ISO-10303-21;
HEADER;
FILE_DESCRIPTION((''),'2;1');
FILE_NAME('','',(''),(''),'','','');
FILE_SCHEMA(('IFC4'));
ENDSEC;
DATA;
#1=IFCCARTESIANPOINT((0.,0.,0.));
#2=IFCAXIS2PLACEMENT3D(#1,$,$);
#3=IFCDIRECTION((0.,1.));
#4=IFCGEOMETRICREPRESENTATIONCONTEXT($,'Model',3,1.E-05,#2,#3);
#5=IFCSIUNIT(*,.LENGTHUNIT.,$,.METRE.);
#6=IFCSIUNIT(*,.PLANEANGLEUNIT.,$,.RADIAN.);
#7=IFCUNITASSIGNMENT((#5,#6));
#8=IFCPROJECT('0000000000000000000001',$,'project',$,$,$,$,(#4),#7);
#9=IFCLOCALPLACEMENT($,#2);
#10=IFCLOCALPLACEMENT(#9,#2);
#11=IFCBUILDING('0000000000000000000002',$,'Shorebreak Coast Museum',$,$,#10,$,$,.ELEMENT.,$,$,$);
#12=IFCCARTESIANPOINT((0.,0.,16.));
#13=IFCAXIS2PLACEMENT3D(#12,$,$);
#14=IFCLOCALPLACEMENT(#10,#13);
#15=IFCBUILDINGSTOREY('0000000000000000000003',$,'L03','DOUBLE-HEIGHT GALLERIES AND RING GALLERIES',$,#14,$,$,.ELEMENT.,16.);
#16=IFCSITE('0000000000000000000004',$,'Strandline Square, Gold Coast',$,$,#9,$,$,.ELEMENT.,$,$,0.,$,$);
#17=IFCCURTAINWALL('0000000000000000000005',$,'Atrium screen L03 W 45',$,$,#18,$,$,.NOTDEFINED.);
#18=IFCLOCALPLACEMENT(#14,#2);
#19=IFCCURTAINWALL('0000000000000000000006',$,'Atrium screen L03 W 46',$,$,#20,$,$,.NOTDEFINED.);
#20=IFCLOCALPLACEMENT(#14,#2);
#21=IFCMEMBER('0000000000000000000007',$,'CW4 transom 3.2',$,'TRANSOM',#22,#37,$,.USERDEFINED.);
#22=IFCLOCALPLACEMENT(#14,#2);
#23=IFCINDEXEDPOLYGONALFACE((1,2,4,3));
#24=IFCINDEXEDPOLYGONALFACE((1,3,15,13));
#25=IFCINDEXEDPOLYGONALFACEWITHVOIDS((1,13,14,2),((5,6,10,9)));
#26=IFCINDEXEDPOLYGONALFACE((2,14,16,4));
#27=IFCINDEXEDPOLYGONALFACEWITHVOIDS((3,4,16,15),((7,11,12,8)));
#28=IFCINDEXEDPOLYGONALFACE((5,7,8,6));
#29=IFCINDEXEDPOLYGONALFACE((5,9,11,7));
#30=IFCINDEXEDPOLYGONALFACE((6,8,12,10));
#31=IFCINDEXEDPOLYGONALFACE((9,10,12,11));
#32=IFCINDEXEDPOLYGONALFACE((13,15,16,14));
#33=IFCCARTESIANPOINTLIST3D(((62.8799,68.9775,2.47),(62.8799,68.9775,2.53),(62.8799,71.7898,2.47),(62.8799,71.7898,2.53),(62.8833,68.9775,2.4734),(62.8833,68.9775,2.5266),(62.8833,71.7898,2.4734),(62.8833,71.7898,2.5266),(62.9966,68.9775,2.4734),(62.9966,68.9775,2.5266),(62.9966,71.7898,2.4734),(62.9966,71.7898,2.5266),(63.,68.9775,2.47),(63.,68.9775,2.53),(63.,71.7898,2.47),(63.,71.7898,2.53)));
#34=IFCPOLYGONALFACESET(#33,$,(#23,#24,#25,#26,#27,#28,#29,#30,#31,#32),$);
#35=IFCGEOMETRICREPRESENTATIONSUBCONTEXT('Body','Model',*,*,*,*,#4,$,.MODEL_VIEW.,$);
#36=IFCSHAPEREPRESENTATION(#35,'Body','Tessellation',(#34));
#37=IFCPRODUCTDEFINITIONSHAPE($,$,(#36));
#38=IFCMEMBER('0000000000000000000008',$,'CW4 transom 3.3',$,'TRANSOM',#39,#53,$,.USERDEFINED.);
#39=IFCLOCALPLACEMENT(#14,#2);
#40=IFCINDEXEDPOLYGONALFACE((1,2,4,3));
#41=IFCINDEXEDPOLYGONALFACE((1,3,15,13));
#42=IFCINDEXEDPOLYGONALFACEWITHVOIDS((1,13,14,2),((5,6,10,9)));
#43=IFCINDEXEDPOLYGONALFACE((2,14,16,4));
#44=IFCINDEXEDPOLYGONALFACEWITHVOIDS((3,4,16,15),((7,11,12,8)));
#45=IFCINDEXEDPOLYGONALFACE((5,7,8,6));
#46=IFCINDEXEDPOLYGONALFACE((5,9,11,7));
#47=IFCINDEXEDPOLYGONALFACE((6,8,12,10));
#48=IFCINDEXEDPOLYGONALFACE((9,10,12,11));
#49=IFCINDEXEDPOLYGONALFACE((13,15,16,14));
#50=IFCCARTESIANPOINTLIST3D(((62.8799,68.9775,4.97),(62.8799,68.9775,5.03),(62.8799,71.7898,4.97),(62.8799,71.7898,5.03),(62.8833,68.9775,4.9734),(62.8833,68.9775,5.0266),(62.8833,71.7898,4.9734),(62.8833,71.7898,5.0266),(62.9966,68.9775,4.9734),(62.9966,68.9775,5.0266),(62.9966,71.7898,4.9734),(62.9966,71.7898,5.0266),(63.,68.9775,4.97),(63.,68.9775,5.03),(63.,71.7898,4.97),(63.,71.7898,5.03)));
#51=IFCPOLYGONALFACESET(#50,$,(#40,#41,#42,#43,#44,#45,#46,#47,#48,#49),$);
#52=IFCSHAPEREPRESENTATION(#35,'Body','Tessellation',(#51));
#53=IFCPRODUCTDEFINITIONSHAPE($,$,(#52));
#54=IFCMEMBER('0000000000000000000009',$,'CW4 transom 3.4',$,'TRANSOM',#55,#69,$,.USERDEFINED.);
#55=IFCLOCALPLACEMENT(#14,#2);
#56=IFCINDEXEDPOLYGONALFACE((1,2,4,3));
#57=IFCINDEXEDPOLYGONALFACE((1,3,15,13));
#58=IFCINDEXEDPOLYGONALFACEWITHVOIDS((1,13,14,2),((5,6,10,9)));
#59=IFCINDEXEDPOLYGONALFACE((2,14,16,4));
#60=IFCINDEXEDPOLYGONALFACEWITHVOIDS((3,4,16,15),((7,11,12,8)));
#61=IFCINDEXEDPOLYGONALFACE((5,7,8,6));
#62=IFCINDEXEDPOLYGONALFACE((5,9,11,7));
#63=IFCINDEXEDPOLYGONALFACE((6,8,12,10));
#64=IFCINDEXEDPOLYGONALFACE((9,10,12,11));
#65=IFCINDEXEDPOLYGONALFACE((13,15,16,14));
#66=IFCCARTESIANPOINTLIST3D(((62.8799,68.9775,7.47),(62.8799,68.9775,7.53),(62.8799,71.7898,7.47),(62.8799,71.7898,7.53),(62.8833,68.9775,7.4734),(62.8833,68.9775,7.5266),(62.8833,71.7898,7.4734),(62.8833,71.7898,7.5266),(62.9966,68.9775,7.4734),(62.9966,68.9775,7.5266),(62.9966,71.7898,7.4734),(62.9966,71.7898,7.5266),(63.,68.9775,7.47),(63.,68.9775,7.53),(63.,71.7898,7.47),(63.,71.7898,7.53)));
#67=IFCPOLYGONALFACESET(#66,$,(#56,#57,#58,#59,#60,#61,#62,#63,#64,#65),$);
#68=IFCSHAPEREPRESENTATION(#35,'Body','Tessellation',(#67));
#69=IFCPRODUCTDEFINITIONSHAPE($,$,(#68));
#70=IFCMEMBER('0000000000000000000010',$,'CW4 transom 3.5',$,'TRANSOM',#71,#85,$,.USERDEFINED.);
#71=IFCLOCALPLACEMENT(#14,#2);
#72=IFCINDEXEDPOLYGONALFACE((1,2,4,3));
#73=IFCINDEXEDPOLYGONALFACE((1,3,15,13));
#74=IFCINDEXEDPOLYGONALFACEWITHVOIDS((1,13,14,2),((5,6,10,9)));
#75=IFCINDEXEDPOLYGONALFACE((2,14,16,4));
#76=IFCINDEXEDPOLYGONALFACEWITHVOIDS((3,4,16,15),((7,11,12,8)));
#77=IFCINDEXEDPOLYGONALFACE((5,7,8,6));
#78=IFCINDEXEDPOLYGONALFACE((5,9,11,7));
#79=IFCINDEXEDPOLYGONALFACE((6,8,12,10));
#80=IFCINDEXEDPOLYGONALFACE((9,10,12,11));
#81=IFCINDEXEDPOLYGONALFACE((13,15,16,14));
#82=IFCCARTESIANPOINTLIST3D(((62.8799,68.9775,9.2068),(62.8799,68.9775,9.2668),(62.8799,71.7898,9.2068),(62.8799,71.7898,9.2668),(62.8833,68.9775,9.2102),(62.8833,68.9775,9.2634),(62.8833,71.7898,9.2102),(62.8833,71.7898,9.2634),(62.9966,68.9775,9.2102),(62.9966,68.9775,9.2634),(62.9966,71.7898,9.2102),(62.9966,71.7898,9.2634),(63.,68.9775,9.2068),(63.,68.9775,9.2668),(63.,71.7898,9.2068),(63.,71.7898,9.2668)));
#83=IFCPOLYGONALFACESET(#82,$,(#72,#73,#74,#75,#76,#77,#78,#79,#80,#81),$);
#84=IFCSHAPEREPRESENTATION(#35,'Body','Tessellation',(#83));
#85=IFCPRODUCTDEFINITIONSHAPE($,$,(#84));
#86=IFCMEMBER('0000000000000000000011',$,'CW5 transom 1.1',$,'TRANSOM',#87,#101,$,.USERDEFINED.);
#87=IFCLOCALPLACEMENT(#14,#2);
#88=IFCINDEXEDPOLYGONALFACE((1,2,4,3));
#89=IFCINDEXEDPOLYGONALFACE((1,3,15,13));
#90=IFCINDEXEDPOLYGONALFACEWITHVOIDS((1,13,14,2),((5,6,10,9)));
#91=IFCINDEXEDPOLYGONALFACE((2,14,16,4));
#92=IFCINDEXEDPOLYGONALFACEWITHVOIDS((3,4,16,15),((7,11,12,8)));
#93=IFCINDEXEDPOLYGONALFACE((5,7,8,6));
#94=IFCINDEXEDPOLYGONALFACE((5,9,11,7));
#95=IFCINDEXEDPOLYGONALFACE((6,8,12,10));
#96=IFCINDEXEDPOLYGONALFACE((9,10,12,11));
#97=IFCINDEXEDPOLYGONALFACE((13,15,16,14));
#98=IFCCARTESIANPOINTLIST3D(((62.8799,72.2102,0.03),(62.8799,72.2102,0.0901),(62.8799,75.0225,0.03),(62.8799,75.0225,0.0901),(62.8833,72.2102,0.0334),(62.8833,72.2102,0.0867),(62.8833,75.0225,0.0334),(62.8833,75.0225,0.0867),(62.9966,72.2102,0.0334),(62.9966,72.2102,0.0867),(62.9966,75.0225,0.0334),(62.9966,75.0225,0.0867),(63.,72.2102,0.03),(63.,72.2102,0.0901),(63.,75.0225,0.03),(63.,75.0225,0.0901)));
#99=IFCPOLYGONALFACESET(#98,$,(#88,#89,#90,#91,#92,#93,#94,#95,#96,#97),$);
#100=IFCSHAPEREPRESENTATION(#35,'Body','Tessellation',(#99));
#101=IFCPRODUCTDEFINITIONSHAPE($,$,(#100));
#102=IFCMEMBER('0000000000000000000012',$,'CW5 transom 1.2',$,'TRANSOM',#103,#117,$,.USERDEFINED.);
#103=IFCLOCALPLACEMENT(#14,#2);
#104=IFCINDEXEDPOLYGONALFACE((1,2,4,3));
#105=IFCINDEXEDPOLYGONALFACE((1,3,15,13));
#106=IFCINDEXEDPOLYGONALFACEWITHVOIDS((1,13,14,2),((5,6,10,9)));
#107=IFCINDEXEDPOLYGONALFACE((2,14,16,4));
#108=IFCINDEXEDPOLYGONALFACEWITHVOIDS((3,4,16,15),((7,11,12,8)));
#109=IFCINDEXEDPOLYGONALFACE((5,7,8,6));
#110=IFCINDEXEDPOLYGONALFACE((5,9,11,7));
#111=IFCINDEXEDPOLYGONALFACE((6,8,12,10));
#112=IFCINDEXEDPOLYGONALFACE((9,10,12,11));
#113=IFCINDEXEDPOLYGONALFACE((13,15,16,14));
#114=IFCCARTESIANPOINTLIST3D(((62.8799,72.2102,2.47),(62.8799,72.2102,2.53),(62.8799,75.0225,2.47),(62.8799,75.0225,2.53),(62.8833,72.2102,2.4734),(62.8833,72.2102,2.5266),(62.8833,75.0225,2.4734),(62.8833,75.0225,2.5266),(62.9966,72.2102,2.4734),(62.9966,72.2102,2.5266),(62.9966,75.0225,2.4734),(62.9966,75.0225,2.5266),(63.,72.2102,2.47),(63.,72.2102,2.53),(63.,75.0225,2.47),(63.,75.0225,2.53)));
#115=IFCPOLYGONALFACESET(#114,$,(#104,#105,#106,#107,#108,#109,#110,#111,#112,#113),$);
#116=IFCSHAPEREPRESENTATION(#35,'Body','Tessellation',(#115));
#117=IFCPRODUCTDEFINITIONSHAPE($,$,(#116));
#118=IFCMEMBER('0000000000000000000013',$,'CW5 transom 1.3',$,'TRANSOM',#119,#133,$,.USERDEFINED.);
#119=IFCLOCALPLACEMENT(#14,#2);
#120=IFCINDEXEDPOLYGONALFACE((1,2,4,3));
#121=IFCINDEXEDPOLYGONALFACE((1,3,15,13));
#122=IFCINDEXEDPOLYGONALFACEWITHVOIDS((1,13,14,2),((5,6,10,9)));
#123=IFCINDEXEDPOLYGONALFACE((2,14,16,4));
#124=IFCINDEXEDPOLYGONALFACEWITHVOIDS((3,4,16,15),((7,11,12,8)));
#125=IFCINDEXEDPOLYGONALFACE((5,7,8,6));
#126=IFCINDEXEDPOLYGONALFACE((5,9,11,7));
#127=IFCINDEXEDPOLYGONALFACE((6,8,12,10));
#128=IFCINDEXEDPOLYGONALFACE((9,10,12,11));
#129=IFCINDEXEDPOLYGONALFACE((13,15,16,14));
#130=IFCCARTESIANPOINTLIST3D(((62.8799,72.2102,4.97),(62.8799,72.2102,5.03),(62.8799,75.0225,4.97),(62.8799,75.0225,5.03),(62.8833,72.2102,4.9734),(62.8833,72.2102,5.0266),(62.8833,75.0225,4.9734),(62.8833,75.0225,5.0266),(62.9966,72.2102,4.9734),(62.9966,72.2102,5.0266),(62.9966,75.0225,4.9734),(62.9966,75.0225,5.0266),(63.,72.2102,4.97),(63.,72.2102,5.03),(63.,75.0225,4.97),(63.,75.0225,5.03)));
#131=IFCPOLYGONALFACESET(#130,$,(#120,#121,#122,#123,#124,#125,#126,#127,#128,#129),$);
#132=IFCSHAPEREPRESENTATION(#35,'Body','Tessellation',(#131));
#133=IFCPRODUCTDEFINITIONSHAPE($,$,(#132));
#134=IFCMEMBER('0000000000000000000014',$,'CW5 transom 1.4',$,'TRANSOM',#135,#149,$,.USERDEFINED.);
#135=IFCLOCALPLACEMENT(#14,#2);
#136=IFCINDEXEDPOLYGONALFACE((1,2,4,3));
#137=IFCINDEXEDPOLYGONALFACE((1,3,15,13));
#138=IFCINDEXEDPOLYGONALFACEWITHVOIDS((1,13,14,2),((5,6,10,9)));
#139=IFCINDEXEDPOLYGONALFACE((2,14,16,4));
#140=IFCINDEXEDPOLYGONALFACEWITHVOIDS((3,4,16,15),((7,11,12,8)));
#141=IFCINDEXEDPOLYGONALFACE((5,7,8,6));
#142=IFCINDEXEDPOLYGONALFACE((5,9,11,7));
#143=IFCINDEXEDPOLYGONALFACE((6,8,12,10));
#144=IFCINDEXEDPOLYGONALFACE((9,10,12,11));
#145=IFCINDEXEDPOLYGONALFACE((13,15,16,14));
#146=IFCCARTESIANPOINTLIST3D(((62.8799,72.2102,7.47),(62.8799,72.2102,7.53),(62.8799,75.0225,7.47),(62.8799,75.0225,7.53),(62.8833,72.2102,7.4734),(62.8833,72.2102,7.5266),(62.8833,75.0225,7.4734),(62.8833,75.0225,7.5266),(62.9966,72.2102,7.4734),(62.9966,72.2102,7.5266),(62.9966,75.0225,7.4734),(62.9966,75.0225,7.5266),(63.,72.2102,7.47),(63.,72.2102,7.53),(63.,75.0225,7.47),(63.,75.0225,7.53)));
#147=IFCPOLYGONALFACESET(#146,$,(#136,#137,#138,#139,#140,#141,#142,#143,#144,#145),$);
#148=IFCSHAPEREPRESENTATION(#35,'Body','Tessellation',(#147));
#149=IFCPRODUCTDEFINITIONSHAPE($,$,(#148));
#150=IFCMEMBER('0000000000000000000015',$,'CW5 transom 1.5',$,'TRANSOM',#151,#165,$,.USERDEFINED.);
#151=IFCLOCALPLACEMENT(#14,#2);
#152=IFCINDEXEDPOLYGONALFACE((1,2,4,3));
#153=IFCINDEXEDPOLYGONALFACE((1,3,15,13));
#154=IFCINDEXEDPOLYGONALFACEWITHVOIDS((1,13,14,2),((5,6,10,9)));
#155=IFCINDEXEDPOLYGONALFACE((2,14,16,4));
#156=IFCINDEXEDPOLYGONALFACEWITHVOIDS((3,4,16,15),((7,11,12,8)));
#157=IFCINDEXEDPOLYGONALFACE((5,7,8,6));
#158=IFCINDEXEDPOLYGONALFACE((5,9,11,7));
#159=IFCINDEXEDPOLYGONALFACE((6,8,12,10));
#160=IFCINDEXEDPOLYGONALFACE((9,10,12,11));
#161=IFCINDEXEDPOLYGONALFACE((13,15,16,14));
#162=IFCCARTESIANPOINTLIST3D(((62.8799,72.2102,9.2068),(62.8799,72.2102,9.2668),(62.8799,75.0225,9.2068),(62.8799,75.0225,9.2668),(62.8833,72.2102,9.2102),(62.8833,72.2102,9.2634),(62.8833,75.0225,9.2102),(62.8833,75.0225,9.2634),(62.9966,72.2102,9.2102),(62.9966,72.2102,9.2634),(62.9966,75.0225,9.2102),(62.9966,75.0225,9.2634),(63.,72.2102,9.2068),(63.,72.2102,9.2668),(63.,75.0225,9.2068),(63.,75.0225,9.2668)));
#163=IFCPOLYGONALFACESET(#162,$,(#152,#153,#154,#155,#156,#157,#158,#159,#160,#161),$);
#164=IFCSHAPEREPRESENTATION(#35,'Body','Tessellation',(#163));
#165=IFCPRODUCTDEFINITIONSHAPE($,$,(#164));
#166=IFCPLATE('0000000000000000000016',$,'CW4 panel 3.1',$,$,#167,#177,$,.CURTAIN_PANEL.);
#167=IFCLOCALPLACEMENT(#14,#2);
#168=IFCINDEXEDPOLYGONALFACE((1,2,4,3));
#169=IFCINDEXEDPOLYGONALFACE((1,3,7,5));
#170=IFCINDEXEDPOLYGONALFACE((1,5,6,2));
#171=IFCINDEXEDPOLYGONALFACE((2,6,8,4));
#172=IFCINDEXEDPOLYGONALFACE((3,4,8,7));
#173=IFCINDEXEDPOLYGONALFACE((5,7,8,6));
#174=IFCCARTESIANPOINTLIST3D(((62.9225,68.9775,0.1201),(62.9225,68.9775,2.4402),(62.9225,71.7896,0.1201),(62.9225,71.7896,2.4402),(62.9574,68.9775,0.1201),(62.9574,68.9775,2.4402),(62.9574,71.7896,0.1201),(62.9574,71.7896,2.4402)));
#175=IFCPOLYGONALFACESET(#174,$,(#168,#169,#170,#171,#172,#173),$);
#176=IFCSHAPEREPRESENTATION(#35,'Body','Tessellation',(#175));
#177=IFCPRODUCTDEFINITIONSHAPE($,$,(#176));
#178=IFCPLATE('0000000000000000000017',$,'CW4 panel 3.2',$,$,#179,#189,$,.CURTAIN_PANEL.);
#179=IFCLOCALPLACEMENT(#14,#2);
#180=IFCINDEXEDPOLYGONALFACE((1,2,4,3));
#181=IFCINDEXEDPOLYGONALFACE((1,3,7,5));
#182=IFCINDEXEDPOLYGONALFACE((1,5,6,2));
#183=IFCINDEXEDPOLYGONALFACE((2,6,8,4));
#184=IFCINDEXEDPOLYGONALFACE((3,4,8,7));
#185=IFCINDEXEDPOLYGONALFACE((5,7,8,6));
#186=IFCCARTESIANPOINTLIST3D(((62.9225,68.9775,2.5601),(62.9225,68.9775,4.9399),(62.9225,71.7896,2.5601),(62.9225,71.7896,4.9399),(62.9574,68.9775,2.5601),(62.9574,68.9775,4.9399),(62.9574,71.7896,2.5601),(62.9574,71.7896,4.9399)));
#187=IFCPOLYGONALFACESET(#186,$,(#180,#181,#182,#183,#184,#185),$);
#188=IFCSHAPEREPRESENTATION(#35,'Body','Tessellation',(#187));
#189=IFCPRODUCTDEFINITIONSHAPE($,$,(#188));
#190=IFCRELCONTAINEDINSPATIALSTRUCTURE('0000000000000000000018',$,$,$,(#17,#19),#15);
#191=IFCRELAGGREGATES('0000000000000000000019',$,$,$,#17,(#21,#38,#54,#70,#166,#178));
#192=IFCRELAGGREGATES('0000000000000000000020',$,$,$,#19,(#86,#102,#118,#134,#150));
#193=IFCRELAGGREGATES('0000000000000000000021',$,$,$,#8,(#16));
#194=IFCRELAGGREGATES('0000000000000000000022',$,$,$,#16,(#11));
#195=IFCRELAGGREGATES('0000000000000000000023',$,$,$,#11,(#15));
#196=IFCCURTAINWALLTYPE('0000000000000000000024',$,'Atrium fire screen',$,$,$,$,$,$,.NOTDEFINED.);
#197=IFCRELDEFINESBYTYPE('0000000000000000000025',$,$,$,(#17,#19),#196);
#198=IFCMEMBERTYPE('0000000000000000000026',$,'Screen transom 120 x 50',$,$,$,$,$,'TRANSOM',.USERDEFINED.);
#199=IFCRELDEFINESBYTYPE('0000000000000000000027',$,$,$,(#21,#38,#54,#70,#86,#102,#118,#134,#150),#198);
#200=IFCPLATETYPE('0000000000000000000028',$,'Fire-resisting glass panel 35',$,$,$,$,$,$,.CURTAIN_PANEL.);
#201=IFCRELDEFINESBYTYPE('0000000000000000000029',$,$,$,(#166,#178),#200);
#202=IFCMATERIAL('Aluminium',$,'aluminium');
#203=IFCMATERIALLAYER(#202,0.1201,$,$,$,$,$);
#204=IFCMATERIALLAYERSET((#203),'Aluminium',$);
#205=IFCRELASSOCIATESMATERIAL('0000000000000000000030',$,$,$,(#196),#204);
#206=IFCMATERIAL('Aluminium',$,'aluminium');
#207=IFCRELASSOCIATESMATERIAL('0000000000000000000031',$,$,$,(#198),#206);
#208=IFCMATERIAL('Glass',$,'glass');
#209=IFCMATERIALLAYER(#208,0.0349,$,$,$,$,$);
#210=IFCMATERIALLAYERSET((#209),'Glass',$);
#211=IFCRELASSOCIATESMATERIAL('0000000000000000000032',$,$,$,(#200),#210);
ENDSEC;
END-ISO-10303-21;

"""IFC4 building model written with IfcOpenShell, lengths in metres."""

from ifc_helpers import new_model, si_unit, direction, frame, origin, origin_2d, place, context, subcontext, project, spatial, rectangle, hollow_rectangle, extrude, material, layer, layer_set, material_profile, profile_set, type_object, element, aggregate, save


model = new_model("IFC4")

# Units and contexts
model_context = context("Model", 3, precision=1e-05, world=origin(), true_north=direction((0.0, 1.0)))
body_context = subcontext(model_context, "Body", "Model", "MODEL_VIEW")
ifc_project = project(units=[si_unit("LENGTHUNIT", "METRE"), si_unit("PLANEANGLEUNIT", "RADIAN")], contexts=[model_context])

# Site, building, storey
site_placement = place(None, origin())
site = spatial("IfcSite", under=ifc_project, at=site_placement, Name="Strandline Square, Gold Coast", CompositionType="ELEMENT", RefElevation=0.0)
building_placement = place(site_placement, origin())
building = spatial("IfcBuilding", under=site, at=building_placement, Name="Shorebreak Coast Museum", CompositionType="ELEMENT")
storey_placement = place(building_placement, frame((0.0, 0.0, 16.0)))
storey = spatial("IfcBuildingStorey", under=building, at=storey_placement, Name="L03", Description="DOUBLE-HEIGHT GALLERIES AND RING GALLERIES", CompositionType="ELEMENT", Elevation=16.0)

# Curtain walls
ifc_material_1 = material(Name="Aluminium", Category="aluminium")
ifc_layer_1 = layer(ifc_material_1, 0.1201)
ifc_layer_set_1 = layer_set([ifc_layer_1], Name="Aluminium")
curtain_wall_type = type_object("IfcCurtainWallType", Name="Atrium fire screen", PredefinedType="NOTDEFINED", material=ifc_layer_set_1)
curtain_wall_1_placement = place(storey_placement, origin())
curtain_wall_1 = element("IfcCurtainWall", 1, at=curtain_wall_1_placement, inside=storey, type_object=curtain_wall_type, Name="Atrium screen L03 W 45", PredefinedType="NOTDEFINED")
curtain_wall_2_placement = place(storey_placement, origin())
curtain_wall_2 = element("IfcCurtainWall", 2, at=curtain_wall_2_placement, inside=storey, type_object=curtain_wall_type, Name="Atrium screen L03 W 46", PredefinedType="NOTDEFINED")

# Members
ifc_material_2 = material(Name="Aluminium", Category="aluminium")
ifc_material_profile_1 = material_profile(ifc_material_2, hollow_rectangle(XDim=0.1201, YDim=0.0601, WallThickness=0.0034, at=origin_2d()), Name="AL 60x120 RHS")
ifc_profile_set_1 = profile_set([ifc_material_profile_1], Name="Aluminium")
member_type_1 = type_object("IfcMemberType", Name="Screen transom 120 x 50", ElementType="TRANSOM", PredefinedType="USERDEFINED", material=ifc_profile_set_1)
member_1_placement = place(storey_placement, frame((62.9399, 68.9775, 2.5), z_axis=(0.0, 1.0, 0.0), x_axis=(-1.0, 0.0, 0.0)))
member_1 = element("IfcMember", 3, at=member_1_placement, type_object=member_type_1, Name="CW4 transom 3.2", ObjectType="TRANSOM", PredefinedType="USERDEFINED", context=body_context, shape_type="SweptSolid", body=[
    extrude(hollow_rectangle(XDim=0.1201, YDim=0.0601, WallThickness=0.0034, at=origin_2d()), origin(), (0.0, 0.0, 1.0), 2.8123),
])
member_2_placement = place(storey_placement, frame((62.9399, 68.9775, 5.0), z_axis=(0.0, 1.0, 0.0), x_axis=(-1.0, 0.0, 0.0)))
member_2 = element("IfcMember", 4, at=member_2_placement, type_object=member_type_1, Name="CW4 transom 3.3", ObjectType="TRANSOM", PredefinedType="USERDEFINED", context=body_context, shape_type="SweptSolid", body=[
    extrude(hollow_rectangle(XDim=0.1201, YDim=0.0601, WallThickness=0.0034, at=origin_2d()), origin(), (0.0, 0.0, 1.0), 2.8123),
])
member_3_placement = place(storey_placement, frame((62.9399, 68.9775, 7.5), z_axis=(0.0, 1.0, 0.0), x_axis=(-1.0, 0.0, 0.0)))
member_3 = element("IfcMember", 5, at=member_3_placement, type_object=member_type_1, Name="CW4 transom 3.4", ObjectType="TRANSOM", PredefinedType="USERDEFINED", context=body_context, shape_type="SweptSolid", body=[
    extrude(hollow_rectangle(XDim=0.1201, YDim=0.0601, WallThickness=0.0034, at=origin_2d()), origin(), (0.0, 0.0, 1.0), 2.8123),
])
member_4_placement = place(storey_placement, frame((62.9399, 68.9775, 9.2368), z_axis=(0.0, 1.0, 0.0), x_axis=(-1.0, 0.0, 0.0)))
member_4 = element("IfcMember", 6, at=member_4_placement, type_object=member_type_1, Name="CW4 transom 3.5", ObjectType="TRANSOM", PredefinedType="USERDEFINED", context=body_context, shape_type="SweptSolid", body=[
    extrude(hollow_rectangle(XDim=0.1201, YDim=0.0601, WallThickness=0.0034, at=origin_2d()), origin(), (0.0, 0.0, 1.0), 2.8123),
])
member_5_placement = place(storey_placement, frame((62.9399, 72.2102, 0.0601), z_axis=(0.0, 1.0, 0.0), x_axis=(-1.0, 0.0, 0.0)))
member_5 = element("IfcMember", 7, at=member_5_placement, type_object=member_type_1, Name="CW5 transom 1.1", ObjectType="TRANSOM", PredefinedType="USERDEFINED", context=body_context, shape_type="SweptSolid", body=[
    extrude(hollow_rectangle(XDim=0.1201, YDim=0.0601, WallThickness=0.0034, at=origin_2d()), origin(), (0.0, 0.0, 1.0), 2.8123),
])
member_6_placement = place(storey_placement, frame((62.9399, 72.2102, 2.5), z_axis=(0.0, 1.0, 0.0), x_axis=(-1.0, 0.0, 0.0)))
member_6 = element("IfcMember", 8, at=member_6_placement, type_object=member_type_1, Name="CW5 transom 1.2", ObjectType="TRANSOM", PredefinedType="USERDEFINED", context=body_context, shape_type="SweptSolid", body=[
    extrude(hollow_rectangle(XDim=0.1201, YDim=0.0601, WallThickness=0.0034, at=origin_2d()), origin(), (0.0, 0.0, 1.0), 2.8123),
])
member_7_placement = place(storey_placement, frame((62.9399, 72.2102, 5.0), z_axis=(0.0, 1.0, 0.0), x_axis=(-1.0, 0.0, 0.0)))
member_7 = element("IfcMember", 9, at=member_7_placement, type_object=member_type_1, Name="CW5 transom 1.3", ObjectType="TRANSOM", PredefinedType="USERDEFINED", context=body_context, shape_type="SweptSolid", body=[
    extrude(hollow_rectangle(XDim=0.1201, YDim=0.0601, WallThickness=0.0034, at=origin_2d()), origin(), (0.0, 0.0, 1.0), 2.8123),
])
member_8_placement = place(storey_placement, frame((62.9399, 72.2102, 7.5), z_axis=(0.0, 1.0, 0.0), x_axis=(-1.0, 0.0, 0.0)))
member_8 = element("IfcMember", 10, at=member_8_placement, type_object=member_type_1, Name="CW5 transom 1.4", ObjectType="TRANSOM", PredefinedType="USERDEFINED", context=body_context, shape_type="SweptSolid", body=[
    extrude(hollow_rectangle(XDim=0.1201, YDim=0.0601, WallThickness=0.0034, at=origin_2d()), origin(), (0.0, 0.0, 1.0), 2.8123),
])
member_9_placement = place(storey_placement, frame((62.9399, 72.2102, 9.2368), z_axis=(0.0, 1.0, 0.0), x_axis=(-1.0, 0.0, 0.0)))
member_9 = element("IfcMember", 11, at=member_9_placement, type_object=member_type_1, Name="CW5 transom 1.5", ObjectType="TRANSOM", PredefinedType="USERDEFINED", context=body_context, shape_type="SweptSolid", body=[
    extrude(hollow_rectangle(XDim=0.1201, YDim=0.0601, WallThickness=0.0034, at=origin_2d()), origin(), (0.0, 0.0, 1.0), 2.8123),
])

# Plates
ifc_material_3 = material(Name="Glass", Category="glass")
ifc_layer_2 = layer(ifc_material_3, 0.0349)
ifc_layer_set_2 = layer_set([ifc_layer_2], Name="Glass")
plate_type = type_object("IfcPlateType", Name="Fire-resisting glass panel 35", PredefinedType="CURTAIN_PANEL", material=ifc_layer_set_2)
plate_1_placement = place(storey_placement, frame((62.9399, 70.3835, 0.1201), z_axis=(0.0, 0.0, 1.0), x_axis=(0.0, 1.0, 0.0)))
plate_1 = element("IfcPlate", 12, at=plate_1_placement, type_object=plate_type, Name="CW4 panel 3.1", PredefinedType="CURTAIN_PANEL", context=body_context, shape_type="SweptSolid", body=[
    extrude(rectangle(XDim=2.812, YDim=0.0349, at=origin_2d()), origin(), (0.0, 0.0, 1.0), 2.3201),
])
plate_2_placement = place(storey_placement, frame((62.9399, 70.3835, 2.5601), z_axis=(0.0, 0.0, 1.0), x_axis=(0.0, 1.0, 0.0)))
plate_2 = element("IfcPlate", 13, at=plate_2_placement, type_object=plate_type, Name="CW4 panel 3.2", PredefinedType="CURTAIN_PANEL", context=body_context, shape_type="SweptSolid", body=[
    extrude(rectangle(XDim=2.812, YDim=0.0349, at=origin_2d()), origin(), (0.0, 0.0, 1.0), 2.3799),
])
aggregate(curtain_wall_1, [member_1, member_2, member_3, member_4, plate_1, plate_2])
aggregate(curtain_wall_2, [member_5, member_6, member_7, member_8, member_9])

save(model, "model.ifc")
